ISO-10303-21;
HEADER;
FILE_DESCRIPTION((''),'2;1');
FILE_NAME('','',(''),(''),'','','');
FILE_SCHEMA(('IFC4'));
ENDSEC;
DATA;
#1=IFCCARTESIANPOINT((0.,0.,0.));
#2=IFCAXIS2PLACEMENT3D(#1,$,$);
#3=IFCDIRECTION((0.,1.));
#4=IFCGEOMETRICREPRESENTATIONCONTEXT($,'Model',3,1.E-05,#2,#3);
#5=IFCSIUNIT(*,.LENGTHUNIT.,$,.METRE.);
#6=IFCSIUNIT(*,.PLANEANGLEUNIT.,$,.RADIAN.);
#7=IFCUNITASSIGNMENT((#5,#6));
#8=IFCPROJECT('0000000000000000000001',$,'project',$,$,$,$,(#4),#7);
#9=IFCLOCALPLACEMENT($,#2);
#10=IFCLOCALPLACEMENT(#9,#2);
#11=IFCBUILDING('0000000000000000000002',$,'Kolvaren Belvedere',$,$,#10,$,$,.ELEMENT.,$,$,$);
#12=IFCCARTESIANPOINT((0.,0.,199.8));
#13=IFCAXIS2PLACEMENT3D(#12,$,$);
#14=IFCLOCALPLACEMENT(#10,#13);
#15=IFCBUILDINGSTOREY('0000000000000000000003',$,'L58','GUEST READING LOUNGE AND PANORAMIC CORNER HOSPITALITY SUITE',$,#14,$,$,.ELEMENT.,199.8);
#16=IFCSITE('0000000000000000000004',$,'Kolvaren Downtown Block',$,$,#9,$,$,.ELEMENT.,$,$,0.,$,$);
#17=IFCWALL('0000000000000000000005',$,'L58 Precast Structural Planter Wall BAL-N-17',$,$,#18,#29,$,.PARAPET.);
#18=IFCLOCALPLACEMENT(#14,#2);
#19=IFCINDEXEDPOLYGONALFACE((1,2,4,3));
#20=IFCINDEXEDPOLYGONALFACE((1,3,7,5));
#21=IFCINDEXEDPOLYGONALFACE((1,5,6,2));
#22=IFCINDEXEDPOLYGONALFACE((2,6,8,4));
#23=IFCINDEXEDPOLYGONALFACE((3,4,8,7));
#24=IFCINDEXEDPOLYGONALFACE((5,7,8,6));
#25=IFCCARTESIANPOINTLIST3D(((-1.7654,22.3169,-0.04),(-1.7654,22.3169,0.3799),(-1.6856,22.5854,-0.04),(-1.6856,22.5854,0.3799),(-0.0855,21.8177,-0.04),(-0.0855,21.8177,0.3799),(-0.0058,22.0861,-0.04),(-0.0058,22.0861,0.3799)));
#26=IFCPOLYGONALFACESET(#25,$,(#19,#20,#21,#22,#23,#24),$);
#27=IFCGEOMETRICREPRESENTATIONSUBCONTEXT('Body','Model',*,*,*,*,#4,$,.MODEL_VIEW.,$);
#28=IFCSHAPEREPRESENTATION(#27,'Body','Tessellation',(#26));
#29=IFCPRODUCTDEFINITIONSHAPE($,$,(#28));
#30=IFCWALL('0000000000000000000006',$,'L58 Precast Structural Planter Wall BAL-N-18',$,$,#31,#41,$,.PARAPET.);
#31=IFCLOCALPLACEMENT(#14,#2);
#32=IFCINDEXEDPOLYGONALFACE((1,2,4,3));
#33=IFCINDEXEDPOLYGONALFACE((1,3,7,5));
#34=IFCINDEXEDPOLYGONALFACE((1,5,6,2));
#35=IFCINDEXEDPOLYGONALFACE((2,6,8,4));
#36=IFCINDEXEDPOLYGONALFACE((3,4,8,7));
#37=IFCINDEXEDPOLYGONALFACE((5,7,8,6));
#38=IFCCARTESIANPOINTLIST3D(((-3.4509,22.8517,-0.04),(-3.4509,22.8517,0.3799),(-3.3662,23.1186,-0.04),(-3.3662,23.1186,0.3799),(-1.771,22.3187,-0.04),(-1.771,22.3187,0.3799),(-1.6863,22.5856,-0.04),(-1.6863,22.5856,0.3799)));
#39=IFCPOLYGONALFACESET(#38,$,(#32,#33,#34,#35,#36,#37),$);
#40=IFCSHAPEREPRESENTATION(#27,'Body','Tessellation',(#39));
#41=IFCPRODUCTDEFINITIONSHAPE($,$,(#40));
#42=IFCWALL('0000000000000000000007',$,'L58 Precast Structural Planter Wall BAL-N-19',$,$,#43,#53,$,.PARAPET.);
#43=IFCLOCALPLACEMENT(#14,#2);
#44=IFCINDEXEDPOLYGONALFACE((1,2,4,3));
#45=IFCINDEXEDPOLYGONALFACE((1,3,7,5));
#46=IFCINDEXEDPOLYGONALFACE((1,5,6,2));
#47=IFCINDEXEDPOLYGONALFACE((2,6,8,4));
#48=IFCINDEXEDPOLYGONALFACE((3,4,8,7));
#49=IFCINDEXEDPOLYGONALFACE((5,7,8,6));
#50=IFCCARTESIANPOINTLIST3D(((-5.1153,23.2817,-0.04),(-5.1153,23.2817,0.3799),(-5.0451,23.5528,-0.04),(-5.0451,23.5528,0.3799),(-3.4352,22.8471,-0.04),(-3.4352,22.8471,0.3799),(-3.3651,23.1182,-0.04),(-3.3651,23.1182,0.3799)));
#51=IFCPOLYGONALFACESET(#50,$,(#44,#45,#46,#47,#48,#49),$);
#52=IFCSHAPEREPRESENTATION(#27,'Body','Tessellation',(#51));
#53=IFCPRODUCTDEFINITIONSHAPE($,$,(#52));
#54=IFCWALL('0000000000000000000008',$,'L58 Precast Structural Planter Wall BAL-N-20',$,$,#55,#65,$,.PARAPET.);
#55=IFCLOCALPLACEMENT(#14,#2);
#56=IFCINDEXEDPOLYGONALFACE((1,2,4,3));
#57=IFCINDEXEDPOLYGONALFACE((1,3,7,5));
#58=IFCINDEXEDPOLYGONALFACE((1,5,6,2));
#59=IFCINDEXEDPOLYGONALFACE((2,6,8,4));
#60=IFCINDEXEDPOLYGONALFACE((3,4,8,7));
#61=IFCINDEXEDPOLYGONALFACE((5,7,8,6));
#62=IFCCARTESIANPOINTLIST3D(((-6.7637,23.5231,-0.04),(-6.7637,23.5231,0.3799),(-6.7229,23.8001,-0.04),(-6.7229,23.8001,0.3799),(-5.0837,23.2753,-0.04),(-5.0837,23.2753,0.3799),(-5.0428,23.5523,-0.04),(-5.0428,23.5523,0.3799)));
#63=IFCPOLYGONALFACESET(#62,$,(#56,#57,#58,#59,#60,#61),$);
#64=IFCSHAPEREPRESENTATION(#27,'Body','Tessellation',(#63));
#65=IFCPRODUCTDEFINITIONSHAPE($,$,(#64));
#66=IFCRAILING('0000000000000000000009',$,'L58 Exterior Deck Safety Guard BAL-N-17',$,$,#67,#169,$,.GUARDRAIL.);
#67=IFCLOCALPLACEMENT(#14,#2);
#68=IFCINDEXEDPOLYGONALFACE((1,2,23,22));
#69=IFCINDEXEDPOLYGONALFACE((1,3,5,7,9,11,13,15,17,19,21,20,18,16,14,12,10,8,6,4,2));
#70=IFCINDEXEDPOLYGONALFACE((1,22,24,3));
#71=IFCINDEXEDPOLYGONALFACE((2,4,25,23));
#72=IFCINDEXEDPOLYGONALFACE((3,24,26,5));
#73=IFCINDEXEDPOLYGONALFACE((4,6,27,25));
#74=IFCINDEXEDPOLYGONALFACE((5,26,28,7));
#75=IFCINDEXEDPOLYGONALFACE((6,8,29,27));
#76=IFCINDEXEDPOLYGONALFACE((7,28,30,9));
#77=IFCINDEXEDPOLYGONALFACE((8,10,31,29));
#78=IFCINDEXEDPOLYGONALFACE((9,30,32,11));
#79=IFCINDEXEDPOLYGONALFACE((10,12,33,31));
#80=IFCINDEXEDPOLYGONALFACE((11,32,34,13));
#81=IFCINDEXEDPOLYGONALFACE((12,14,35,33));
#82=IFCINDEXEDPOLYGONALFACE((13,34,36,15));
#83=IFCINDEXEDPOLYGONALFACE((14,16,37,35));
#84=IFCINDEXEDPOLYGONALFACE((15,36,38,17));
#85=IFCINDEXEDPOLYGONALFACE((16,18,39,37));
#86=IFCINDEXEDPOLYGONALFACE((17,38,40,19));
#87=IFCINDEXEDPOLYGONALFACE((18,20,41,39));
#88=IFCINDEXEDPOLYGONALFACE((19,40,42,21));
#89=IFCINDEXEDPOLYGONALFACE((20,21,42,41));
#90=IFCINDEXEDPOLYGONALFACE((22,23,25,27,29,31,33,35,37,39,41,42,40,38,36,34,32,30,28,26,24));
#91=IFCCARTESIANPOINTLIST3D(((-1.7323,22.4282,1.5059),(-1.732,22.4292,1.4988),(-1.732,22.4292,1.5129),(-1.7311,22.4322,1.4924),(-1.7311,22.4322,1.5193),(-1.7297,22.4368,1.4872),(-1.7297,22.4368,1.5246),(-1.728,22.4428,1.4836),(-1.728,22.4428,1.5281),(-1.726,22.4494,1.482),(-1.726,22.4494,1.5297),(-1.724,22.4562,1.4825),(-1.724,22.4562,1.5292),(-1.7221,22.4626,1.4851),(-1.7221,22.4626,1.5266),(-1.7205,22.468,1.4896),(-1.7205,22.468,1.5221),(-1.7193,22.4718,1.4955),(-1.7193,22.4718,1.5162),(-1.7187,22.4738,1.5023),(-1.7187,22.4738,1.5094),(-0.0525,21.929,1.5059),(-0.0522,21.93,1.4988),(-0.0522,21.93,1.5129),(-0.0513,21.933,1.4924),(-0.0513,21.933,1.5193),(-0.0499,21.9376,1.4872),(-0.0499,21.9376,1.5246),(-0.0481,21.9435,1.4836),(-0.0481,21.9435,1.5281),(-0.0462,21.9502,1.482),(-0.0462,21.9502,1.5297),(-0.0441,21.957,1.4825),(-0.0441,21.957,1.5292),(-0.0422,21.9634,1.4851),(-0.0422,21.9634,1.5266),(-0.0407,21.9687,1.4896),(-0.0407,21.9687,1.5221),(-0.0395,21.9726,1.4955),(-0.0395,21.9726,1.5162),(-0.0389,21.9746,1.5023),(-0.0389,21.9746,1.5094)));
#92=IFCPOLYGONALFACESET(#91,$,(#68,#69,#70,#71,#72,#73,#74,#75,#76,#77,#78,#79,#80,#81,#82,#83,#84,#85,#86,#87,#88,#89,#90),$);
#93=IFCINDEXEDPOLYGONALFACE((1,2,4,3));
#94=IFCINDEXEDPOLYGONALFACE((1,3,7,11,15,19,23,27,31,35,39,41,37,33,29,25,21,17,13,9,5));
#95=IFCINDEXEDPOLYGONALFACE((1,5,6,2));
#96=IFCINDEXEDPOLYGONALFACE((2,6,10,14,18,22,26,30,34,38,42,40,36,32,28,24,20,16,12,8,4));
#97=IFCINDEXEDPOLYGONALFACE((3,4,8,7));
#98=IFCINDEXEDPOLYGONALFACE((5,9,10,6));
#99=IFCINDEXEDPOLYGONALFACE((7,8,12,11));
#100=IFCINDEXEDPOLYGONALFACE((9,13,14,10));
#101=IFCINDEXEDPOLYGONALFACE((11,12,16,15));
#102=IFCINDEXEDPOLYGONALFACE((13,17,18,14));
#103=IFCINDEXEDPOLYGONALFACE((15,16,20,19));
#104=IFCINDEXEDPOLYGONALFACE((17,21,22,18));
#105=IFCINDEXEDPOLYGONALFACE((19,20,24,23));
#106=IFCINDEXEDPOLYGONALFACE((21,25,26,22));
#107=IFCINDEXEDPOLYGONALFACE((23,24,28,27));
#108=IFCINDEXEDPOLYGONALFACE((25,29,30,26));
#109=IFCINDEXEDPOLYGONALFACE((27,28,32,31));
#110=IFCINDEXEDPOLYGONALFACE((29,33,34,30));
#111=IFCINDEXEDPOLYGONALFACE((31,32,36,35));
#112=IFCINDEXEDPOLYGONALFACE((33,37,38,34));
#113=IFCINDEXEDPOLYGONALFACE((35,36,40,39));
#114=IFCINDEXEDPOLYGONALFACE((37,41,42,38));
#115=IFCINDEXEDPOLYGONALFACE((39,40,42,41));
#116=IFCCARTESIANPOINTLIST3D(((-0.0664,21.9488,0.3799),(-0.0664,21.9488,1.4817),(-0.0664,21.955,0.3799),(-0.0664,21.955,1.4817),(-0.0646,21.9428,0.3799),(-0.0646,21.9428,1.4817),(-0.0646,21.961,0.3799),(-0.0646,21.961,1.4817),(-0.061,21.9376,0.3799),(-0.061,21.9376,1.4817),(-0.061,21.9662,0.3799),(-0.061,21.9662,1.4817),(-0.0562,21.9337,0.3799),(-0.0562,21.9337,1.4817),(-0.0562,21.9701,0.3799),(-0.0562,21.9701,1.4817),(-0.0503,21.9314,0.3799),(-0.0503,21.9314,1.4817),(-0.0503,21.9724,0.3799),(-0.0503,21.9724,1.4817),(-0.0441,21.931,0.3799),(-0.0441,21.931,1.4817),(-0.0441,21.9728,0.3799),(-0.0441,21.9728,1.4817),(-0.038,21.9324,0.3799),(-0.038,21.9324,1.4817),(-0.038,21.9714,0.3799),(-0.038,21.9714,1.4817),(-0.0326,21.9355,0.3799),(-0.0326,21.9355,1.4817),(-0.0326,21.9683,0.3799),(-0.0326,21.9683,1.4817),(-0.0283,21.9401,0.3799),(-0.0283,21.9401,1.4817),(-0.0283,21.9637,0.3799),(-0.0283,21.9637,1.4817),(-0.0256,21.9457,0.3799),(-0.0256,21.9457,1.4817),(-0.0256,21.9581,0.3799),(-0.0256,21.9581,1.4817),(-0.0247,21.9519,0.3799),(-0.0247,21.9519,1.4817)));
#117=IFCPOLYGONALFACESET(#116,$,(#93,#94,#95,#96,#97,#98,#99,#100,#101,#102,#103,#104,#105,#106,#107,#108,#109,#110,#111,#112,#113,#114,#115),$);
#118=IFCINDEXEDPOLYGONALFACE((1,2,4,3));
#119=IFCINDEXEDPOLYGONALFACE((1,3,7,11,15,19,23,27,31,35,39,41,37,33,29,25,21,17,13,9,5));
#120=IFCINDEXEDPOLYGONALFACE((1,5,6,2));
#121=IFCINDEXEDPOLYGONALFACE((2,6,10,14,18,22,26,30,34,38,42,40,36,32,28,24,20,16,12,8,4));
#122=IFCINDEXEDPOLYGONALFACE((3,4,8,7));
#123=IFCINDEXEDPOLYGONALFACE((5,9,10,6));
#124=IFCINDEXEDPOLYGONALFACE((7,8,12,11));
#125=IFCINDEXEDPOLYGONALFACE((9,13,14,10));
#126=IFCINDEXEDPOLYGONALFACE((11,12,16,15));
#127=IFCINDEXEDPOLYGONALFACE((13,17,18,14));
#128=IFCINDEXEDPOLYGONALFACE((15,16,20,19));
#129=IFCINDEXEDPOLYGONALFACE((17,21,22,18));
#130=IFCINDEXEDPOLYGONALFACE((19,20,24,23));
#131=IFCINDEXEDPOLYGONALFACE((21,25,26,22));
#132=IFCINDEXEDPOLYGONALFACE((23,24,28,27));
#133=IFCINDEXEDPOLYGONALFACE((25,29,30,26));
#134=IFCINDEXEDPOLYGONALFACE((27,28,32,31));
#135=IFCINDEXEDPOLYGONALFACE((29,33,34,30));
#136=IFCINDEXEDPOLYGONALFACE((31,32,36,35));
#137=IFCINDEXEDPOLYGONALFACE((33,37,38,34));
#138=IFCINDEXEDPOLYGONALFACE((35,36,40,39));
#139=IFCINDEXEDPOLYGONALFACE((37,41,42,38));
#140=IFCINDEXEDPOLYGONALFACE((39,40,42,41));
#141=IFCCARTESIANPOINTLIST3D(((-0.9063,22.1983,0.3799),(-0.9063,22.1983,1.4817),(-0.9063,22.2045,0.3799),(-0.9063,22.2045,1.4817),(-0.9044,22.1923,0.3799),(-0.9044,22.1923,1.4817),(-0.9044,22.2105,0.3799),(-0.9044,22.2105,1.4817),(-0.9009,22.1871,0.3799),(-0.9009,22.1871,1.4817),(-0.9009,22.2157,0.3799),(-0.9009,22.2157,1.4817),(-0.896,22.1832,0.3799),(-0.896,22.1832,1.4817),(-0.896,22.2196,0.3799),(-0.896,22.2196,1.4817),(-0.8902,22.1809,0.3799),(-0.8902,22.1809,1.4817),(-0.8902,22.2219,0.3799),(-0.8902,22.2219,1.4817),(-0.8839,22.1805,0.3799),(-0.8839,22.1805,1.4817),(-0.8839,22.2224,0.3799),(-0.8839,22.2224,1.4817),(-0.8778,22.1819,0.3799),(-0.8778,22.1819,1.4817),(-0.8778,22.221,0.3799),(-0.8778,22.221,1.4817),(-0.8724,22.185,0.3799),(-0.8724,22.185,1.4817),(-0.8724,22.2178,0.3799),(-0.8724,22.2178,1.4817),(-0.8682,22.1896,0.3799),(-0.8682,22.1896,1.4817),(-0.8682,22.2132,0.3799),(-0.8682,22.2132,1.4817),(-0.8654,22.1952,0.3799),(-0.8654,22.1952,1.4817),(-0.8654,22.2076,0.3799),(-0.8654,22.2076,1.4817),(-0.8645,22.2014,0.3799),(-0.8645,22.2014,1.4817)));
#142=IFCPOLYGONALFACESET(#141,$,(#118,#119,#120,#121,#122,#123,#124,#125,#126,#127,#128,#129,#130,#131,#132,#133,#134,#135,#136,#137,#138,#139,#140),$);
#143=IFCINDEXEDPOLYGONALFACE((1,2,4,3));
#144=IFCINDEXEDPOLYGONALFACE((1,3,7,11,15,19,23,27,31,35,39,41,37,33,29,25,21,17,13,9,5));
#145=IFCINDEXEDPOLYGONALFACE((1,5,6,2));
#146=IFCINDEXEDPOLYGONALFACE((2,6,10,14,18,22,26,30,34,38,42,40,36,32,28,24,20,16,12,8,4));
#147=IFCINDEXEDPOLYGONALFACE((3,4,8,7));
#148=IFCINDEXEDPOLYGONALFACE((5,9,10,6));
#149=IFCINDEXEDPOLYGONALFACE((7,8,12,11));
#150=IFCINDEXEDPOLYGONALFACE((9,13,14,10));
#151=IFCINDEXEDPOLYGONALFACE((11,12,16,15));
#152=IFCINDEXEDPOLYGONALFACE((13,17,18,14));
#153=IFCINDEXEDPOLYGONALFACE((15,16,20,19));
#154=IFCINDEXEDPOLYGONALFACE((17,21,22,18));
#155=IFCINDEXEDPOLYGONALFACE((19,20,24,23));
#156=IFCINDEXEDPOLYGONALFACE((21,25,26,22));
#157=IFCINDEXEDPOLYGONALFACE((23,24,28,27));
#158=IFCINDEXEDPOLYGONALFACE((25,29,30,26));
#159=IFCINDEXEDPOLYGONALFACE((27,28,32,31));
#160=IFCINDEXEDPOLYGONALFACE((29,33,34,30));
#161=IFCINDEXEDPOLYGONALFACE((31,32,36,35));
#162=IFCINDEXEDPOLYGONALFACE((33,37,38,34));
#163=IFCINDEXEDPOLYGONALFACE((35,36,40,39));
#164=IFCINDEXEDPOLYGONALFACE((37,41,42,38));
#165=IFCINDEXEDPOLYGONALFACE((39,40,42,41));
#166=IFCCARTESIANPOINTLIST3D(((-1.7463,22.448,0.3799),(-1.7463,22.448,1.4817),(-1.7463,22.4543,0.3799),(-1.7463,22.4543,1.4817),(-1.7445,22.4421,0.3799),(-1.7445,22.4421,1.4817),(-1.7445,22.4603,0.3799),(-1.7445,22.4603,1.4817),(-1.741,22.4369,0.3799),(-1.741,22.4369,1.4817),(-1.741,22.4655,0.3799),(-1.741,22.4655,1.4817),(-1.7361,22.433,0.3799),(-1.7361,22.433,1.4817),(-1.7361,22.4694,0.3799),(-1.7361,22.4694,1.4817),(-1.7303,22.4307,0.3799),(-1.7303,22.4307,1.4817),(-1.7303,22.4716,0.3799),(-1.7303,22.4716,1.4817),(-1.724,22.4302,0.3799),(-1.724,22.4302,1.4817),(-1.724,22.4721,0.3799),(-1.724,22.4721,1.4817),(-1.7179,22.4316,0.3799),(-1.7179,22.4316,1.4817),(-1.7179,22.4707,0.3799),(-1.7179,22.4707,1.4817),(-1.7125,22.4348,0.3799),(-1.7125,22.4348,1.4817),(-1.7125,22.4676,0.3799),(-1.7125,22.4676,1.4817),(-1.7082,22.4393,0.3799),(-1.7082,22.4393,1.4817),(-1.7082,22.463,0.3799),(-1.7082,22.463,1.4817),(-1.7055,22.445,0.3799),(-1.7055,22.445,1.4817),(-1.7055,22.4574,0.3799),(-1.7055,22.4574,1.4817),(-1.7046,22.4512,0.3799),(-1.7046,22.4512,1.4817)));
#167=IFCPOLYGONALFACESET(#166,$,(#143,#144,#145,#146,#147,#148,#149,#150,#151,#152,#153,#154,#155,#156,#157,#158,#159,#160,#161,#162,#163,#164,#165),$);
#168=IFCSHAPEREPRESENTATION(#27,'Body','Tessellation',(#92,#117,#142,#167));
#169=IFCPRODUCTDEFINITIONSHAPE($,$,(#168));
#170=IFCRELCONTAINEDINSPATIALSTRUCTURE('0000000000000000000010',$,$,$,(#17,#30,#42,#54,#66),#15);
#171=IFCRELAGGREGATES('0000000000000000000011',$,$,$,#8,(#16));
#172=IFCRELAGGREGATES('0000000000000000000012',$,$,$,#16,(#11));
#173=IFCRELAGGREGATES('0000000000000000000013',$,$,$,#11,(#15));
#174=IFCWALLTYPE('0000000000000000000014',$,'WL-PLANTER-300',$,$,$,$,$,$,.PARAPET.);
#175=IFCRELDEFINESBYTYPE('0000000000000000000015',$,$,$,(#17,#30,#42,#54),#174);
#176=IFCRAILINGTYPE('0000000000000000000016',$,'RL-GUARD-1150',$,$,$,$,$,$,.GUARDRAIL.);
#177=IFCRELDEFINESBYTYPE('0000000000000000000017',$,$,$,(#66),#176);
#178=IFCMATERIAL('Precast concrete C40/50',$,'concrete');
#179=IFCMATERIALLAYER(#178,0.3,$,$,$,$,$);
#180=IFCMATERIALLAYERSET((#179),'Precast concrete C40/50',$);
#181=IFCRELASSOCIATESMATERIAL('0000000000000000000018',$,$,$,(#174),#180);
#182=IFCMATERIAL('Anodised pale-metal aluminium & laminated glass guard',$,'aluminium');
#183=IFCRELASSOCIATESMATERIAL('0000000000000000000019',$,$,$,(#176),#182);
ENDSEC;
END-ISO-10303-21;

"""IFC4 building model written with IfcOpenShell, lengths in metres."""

from ifc_helpers import new_model, si_unit, direction, frame, frame_2d, origin, origin_2d, place, context, subcontext, project, spatial, rectangle, circle, extrude, material, layer, layer_set, type_object, element, save


model = new_model("IFC4")

# Units and contexts
model_context = context("Model", 3, precision=1e-05, world=origin(), true_north=direction((0.0, 1.0)))
body_context = subcontext(model_context, "Body", "Model", "MODEL_VIEW")
ifc_project = project(units=[si_unit("LENGTHUNIT", "METRE"), si_unit("PLANEANGLEUNIT", "RADIAN")], contexts=[model_context])

# Site, building, storey
site_placement = place(None, origin())
site = spatial("IfcSite", under=ifc_project, at=site_placement, Name="Kolvaren Downtown Block", CompositionType="ELEMENT", RefElevation=0.0)
building_placement = place(site_placement, origin())
building = spatial("IfcBuilding", under=site, at=building_placement, Name="Kolvaren Belvedere", CompositionType="ELEMENT")
storey_placement = place(building_placement, frame((0.0, 0.0, 199.8)))
storey = spatial("IfcBuildingStorey", under=building, at=storey_placement, Name="L58", Description="GUEST READING LOUNGE AND PANORAMIC CORNER HOSPITALITY SUITE", CompositionType="ELEMENT", Elevation=199.8)

# Walls
ifc_material_1 = material(Name="Precast concrete C40/50", Category="concrete")
ifc_layer_1 = layer(ifc_material_1, 0.3)
ifc_layer_set_1 = layer_set([ifc_layer_1], Name="Precast concrete C40/50")
wall_type_1 = type_object("IfcWallType", Name="WL-PLANTER-300", PredefinedType="PARAPET", material=ifc_layer_set_1)
wall_1_placement = place(storey_placement, frame((-0.0457, 21.9519, -0.04), z_axis=(0.0, 0.0, 1.0), x_axis=(-0.958563, 0.28488, 0.0)))
element("IfcWall", 1, at=wall_1_placement, inside=storey, type_object=wall_type_1, Name="L58 Precast Structural Planter Wall BAL-N-17", PredefinedType="PARAPET", context=body_context, shape_type="SweptSolid", body=[
    extrude(rectangle(XDim=1.7524, YDim=0.28, at=frame_2d((0.8762, 0.0))), origin(), (0.0, 0.0, 1.0), 0.4199),
])
wall_2_placement = place(storey_placement, frame((-1.7285, 22.4521, -0.04), z_axis=(0.0, 0.0, 1.0), x_axis=(-0.953182, 0.302397, 0.0)))
element("IfcWall", 2, at=wall_2_placement, inside=storey, type_object=wall_type_1, Name="L58 Precast Structural Planter Wall BAL-N-18", PredefinedType="PARAPET", context=body_context, shape_type="SweptSolid", body=[
    extrude(rectangle(XDim=1.7625, YDim=0.28, at=frame_2d((0.8813, 0.0))), origin(), (0.0, 0.0, 1.0), 0.4199),
])
wall_3_placement = place(storey_placement, frame((-3.4001, 22.9827, -0.04), z_axis=(0.0, 0.0, 1.0), x_axis=(-0.968132, 0.25044, 0.0)))
element("IfcWall", 3, at=wall_3_placement, inside=storey, type_object=wall_type_1, Name="L58 Precast Structural Planter Wall BAL-N-19", PredefinedType="PARAPET", context=body_context, shape_type="SweptSolid", body=[
    extrude(rectangle(XDim=1.7354, YDim=0.28, at=frame_2d((0.8677, 0.0))), origin(), (0.0, 0.0, 1.0), 0.4199),
])
wall_4_placement = place(storey_placement, frame((-5.0632, 23.4138, -0.04), z_axis=(0.0, 0.0, 1.0), x_axis=(-0.989298, 0.145908, 0.0)))
element("IfcWall", 4, at=wall_4_placement, inside=storey, type_object=wall_type_1, Name="L58 Precast Structural Planter Wall BAL-N-20", PredefinedType="PARAPET", context=body_context, shape_type="SweptSolid", body=[
    extrude(rectangle(XDim=1.6982, YDim=0.28, at=frame_2d((0.8491, 0.0))), origin(), (0.0, 0.0, 1.0), 0.4199),
])

# Railing
ifc_material_2 = material(Name="Anodised pale-metal aluminium & laminated glass guard", Category="aluminium")
railing_type = type_object("IfcRailingType", Name="RL-GUARD-1150", PredefinedType="GUARDRAIL", material=ifc_material_2)
railing_1_placement = place(storey_placement, frame((-0.0457, 21.9519, 0.3799)))
element("IfcRailing", 5, at=railing_1_placement, inside=storey, type_object=railing_type, Name="L58 Exterior Deck Safety Guard BAL-N-17", PredefinedType="GUARDRAIL", context=body_context, shape_type="SweptSolid", body=[
    extrude(circle(Radius=0.0239, at=origin_2d()), frame((0.0, 0.0, 1.126), z_axis=(-0.958563, 0.28488, 0.0), x_axis=(-0.28488, -0.958563, 0.0)), (0.0, 0.0, 1.0), 1.7524),
    extrude(circle(Radius=0.021, at=origin_2d()), origin(), (0.0, 0.0, 1.0), 1.1018),
    extrude(circle(Radius=0.021, at=origin_2d()), frame((-0.8398, 0.2495, 0.0)), (0.0, 0.0, 1.0), 1.1018),
    extrude(circle(Radius=0.021, at=origin_2d()), frame((-1.6799, 0.4993, 0.0)), (0.0, 0.0, 1.0), 1.1018),
])

save(model, "model.ifc")
